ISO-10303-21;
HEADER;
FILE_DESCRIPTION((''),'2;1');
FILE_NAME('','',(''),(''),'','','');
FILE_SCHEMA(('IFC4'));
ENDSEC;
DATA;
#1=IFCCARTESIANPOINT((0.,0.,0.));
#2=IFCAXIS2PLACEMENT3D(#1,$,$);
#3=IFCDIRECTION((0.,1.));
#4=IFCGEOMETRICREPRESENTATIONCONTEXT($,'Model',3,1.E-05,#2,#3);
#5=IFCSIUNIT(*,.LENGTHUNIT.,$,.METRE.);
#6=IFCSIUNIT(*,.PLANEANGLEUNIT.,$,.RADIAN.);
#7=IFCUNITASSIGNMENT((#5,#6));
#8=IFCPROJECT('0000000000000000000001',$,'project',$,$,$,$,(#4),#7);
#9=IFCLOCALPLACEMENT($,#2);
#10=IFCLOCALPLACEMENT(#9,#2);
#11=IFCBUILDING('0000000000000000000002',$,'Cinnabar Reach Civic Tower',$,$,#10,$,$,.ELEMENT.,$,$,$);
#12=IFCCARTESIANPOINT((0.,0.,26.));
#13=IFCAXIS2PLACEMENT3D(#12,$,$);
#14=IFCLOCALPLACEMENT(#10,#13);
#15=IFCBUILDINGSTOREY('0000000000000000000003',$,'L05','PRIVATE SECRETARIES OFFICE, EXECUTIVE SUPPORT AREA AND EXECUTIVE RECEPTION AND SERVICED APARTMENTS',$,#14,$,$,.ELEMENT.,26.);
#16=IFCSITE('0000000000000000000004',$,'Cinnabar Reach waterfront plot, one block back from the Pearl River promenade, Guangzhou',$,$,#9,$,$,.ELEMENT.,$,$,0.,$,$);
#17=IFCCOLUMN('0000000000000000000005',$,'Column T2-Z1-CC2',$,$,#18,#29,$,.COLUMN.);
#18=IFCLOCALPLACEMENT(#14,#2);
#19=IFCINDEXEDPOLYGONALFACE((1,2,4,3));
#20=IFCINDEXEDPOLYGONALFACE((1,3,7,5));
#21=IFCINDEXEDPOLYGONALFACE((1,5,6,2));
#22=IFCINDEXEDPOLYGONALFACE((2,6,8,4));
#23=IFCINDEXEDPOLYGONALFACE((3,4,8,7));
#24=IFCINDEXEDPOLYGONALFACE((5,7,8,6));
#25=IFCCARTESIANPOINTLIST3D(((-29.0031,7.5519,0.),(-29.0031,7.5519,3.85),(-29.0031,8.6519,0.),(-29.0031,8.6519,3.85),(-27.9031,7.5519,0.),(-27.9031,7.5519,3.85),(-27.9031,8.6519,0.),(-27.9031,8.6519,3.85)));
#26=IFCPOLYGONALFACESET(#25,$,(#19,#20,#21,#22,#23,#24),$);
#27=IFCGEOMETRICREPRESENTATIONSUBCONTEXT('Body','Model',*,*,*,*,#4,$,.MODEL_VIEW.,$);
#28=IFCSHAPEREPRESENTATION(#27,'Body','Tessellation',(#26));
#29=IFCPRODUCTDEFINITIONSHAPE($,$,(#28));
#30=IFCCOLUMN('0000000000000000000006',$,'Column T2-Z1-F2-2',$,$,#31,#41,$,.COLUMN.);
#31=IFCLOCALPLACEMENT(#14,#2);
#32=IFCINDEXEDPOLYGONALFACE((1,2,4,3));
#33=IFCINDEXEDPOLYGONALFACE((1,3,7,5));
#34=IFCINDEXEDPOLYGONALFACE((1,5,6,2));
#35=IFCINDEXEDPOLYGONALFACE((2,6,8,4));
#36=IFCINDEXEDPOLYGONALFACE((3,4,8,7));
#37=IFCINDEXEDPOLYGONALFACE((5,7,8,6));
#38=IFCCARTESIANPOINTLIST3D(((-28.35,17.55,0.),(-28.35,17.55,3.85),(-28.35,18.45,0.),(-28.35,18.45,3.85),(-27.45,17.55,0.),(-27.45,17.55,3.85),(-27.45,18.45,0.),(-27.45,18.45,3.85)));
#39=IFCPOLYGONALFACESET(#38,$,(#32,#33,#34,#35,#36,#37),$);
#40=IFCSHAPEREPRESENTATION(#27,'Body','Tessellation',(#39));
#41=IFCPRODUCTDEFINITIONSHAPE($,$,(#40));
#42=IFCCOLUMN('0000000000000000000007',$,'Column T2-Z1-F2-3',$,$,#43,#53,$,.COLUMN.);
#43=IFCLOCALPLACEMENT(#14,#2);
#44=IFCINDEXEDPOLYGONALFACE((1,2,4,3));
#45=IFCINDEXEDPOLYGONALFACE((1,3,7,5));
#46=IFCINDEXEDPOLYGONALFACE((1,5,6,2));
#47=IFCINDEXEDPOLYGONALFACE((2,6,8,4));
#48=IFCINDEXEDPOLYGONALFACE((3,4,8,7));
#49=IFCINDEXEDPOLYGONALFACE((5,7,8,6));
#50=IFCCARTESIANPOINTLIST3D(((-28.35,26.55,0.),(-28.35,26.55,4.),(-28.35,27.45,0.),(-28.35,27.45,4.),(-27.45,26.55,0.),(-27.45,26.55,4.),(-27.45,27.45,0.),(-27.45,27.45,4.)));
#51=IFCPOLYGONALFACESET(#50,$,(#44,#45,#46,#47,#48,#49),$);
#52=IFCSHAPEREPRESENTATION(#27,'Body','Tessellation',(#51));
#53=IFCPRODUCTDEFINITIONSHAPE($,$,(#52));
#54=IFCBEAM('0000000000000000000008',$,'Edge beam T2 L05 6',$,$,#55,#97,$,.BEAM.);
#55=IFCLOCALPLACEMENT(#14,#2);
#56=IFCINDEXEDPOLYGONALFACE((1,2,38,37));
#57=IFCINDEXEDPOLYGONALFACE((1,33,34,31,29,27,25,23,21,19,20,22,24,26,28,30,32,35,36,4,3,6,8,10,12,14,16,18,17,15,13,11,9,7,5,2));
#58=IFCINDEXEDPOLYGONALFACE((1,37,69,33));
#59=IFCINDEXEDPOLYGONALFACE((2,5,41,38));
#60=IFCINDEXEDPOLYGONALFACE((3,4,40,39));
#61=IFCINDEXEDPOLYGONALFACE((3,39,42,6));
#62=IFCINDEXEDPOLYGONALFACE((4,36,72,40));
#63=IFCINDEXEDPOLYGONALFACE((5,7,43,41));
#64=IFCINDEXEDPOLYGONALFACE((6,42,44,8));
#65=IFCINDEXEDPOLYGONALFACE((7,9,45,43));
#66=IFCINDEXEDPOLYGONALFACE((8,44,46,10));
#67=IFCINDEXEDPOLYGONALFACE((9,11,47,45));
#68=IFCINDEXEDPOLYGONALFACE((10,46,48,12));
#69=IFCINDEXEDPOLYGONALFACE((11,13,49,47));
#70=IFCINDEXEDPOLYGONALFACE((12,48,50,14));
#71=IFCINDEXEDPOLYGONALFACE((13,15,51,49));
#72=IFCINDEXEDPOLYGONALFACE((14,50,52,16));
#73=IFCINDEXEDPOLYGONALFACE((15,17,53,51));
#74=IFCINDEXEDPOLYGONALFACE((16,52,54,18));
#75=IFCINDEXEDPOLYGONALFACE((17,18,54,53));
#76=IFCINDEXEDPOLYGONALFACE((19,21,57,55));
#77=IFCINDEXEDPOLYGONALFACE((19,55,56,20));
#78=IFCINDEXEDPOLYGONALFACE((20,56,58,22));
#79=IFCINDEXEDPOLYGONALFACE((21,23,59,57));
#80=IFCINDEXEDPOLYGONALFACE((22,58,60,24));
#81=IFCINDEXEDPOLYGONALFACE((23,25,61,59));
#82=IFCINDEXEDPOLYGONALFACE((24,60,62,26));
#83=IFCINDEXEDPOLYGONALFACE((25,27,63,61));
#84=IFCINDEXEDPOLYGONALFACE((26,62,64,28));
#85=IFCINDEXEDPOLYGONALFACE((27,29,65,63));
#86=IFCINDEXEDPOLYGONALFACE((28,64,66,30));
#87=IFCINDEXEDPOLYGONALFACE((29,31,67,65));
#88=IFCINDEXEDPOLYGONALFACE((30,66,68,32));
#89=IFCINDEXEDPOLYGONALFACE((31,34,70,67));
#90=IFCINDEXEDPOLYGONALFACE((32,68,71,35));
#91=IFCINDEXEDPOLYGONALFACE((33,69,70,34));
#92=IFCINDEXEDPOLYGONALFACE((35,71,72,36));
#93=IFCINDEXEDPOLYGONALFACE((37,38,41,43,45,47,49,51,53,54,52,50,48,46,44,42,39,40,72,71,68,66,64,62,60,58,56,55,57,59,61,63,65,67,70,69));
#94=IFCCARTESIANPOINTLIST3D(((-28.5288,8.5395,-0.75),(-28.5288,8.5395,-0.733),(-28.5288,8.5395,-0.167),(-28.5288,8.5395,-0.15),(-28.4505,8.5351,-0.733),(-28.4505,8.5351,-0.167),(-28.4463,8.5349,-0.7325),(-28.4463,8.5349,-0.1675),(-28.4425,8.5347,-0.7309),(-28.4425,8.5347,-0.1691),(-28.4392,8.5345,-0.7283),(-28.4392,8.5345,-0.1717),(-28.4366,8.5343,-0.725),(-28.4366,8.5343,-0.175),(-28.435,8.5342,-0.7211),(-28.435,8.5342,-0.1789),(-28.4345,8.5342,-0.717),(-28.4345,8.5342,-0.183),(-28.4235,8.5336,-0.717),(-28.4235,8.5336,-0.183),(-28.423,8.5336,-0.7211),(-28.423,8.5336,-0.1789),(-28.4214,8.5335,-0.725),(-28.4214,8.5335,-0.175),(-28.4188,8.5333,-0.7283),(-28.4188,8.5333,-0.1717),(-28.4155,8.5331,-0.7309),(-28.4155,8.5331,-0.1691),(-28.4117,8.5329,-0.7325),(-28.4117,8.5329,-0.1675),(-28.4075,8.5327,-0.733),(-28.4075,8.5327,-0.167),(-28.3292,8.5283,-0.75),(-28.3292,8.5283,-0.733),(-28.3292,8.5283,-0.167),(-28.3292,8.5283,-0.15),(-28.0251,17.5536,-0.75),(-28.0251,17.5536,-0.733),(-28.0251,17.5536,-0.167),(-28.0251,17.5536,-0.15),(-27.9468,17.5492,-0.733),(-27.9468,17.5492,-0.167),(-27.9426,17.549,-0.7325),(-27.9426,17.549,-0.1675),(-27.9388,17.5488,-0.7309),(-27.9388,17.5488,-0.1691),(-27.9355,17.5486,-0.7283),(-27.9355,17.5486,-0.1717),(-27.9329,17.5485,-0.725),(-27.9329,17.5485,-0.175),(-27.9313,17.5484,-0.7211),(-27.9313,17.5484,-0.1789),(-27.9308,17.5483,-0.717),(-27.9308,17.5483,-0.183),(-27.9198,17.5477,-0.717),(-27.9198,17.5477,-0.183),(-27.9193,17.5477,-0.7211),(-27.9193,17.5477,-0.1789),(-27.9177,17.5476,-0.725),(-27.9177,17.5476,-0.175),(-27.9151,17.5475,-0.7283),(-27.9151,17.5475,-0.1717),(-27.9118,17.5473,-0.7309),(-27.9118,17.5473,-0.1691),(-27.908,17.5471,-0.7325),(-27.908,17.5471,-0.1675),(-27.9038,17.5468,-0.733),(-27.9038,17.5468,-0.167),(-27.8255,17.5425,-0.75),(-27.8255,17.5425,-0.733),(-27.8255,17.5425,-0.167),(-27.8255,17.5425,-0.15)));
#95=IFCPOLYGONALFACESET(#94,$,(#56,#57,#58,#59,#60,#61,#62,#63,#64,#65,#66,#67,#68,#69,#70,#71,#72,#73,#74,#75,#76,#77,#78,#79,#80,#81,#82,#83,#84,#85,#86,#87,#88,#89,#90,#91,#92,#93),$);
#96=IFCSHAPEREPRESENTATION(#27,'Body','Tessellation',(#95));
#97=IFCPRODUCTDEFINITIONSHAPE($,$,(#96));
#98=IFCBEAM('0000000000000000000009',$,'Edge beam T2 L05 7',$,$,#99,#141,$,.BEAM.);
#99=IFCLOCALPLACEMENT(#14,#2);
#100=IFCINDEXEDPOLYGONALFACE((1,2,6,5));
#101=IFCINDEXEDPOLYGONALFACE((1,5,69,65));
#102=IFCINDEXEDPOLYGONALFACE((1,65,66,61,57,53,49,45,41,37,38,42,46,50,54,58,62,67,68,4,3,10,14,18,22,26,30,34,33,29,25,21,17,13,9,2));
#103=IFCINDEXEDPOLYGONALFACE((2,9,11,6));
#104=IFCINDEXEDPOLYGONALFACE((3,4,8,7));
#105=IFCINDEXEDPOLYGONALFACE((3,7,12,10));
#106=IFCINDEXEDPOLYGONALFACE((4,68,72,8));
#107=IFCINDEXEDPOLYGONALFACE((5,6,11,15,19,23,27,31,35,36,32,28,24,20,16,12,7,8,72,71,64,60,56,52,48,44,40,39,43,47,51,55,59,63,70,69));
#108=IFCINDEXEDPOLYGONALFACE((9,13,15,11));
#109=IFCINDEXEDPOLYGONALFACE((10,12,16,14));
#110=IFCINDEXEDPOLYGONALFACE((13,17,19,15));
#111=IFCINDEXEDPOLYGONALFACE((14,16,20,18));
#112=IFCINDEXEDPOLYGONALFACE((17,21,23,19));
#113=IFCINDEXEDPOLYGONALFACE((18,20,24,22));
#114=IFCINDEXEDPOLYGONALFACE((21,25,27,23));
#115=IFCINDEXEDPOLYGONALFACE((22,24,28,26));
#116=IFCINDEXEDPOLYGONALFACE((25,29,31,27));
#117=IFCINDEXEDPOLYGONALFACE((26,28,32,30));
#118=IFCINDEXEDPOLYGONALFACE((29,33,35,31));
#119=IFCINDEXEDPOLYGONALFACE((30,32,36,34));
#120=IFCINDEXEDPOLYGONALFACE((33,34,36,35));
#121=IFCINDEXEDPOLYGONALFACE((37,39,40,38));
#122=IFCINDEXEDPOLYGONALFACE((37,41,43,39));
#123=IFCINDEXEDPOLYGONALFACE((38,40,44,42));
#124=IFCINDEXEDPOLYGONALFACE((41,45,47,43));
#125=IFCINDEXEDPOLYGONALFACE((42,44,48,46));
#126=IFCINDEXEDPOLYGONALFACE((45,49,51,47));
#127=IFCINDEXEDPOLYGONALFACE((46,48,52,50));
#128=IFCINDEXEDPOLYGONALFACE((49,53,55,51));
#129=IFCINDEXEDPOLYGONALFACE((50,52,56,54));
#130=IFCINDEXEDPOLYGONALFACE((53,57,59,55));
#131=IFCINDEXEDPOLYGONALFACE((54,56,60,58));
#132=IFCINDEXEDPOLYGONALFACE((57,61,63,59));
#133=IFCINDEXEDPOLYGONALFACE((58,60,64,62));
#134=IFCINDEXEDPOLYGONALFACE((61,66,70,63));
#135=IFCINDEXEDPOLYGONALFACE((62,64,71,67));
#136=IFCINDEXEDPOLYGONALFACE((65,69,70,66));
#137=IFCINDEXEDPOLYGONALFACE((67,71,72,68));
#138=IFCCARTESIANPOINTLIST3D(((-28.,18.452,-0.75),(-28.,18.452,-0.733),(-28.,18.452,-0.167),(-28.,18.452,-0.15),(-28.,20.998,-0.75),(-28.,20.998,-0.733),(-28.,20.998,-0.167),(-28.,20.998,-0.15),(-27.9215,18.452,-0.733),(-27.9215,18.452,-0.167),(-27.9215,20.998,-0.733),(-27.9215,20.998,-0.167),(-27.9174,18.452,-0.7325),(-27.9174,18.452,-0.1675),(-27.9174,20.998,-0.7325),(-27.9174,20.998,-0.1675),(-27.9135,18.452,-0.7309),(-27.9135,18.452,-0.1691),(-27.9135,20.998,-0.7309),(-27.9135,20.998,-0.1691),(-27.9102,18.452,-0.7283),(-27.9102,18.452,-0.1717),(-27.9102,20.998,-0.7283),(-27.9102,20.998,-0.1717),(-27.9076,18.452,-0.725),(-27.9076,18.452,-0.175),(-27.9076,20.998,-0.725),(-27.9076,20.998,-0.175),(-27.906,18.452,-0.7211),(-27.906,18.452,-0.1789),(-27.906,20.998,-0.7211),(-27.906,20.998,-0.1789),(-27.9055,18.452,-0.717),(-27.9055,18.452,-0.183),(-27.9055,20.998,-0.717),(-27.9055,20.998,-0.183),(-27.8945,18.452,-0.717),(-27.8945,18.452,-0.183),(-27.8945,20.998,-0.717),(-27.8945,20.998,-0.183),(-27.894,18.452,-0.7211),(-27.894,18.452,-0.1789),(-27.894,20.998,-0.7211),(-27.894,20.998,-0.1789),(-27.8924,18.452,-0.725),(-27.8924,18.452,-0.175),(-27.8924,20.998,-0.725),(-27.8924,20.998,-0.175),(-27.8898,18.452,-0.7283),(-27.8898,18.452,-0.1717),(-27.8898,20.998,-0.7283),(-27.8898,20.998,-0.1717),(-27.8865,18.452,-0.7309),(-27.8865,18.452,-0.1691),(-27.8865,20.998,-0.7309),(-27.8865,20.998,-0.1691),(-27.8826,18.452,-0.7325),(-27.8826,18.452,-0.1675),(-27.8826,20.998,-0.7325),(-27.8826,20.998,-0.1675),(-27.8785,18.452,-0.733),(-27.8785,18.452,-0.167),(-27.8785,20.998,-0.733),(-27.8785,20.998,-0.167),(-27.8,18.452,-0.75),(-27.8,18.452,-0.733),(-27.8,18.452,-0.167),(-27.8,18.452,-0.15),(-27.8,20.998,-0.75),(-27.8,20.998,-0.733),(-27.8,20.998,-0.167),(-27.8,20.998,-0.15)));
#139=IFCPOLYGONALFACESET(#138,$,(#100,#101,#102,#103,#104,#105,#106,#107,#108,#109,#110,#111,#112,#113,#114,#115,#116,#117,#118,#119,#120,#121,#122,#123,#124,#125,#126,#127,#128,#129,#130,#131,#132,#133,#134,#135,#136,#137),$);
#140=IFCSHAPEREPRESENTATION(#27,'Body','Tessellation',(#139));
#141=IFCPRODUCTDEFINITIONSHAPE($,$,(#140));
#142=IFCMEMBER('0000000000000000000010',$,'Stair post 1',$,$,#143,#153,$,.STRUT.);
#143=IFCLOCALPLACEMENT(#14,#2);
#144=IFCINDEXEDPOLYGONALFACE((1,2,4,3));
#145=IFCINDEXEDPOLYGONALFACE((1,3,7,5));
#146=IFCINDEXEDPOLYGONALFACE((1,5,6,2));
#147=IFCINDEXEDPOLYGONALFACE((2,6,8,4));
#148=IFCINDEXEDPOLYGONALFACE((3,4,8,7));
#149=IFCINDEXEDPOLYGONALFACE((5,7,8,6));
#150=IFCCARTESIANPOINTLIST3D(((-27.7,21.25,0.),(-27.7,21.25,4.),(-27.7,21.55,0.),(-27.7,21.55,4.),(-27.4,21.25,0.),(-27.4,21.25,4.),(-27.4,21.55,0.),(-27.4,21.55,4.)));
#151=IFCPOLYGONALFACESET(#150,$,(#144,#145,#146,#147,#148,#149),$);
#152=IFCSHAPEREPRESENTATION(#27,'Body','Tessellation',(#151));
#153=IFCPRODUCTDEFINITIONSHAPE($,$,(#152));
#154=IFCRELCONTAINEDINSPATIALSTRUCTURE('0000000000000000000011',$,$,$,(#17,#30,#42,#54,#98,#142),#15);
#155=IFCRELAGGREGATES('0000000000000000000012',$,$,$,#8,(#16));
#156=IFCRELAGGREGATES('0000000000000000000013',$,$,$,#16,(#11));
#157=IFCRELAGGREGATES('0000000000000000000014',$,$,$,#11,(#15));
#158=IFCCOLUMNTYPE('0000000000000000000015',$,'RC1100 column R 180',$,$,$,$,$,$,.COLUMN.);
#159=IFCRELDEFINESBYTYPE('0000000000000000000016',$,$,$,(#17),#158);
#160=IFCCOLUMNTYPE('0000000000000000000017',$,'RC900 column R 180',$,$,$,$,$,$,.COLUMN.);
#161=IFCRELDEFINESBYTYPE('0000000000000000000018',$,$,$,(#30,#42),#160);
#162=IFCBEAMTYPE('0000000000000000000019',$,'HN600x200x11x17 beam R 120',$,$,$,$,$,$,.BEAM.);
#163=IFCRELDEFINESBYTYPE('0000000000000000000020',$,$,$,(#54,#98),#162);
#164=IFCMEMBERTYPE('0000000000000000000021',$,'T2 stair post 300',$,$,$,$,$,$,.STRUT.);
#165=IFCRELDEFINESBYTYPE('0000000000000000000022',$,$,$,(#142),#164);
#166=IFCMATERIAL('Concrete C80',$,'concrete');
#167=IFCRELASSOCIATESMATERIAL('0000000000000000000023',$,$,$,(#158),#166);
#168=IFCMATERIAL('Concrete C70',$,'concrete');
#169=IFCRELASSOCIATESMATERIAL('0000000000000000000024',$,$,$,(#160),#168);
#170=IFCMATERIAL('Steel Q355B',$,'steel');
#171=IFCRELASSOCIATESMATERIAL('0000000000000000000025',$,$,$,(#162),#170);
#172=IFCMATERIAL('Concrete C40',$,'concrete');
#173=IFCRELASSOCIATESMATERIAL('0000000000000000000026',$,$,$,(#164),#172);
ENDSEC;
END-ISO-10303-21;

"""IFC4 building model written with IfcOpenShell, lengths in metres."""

from ifc_helpers import new_model, si_unit, direction, frame, origin, origin_2d, place, context, subcontext, project, spatial, rectangle, i_section, extrude, material, material_profile, profile_set, type_object, element, save


model = new_model("IFC4")

# Units and contexts
model_context = context("Model", 3, precision=1e-05, world=origin(), true_north=direction((0.0, 1.0)))
body_context = subcontext(model_context, "Body", "Model", "MODEL_VIEW")
ifc_project = project(units=[si_unit("LENGTHUNIT", "METRE"), si_unit("PLANEANGLEUNIT", "RADIAN")], contexts=[model_context])

# Site, building, storey
site_placement = place(None, origin())
site = spatial("IfcSite", under=ifc_project, at=site_placement, Name="Cinnabar Reach waterfront plot, one block back from the Pearl River promenade, Guangzhou", CompositionType="ELEMENT", RefElevation=0.0)
building_placement = place(site_placement, origin())
building = spatial("IfcBuilding", under=site, at=building_placement, Name="Cinnabar Reach Civic Tower", CompositionType="ELEMENT")
storey_placement = place(building_placement, frame((0.0, 0.0, 26.0)))
storey = spatial("IfcBuildingStorey", under=building, at=storey_placement, Name="L05", Description="PRIVATE SECRETARIES OFFICE, EXECUTIVE SUPPORT AREA AND EXECUTIVE RECEPTION AND SERVICED APARTMENTS", CompositionType="ELEMENT", Elevation=26.0)

# Columns
ifc_material_1 = material(Name="Concrete C80", Category="concrete")
ifc_material_profile_1 = material_profile(ifc_material_1, rectangle(XDim=1.1, YDim=1.1, at=origin_2d()), Name="RC1100")
ifc_profile_set_1 = profile_set([ifc_material_profile_1], Name="Concrete C80")
column_type_1 = type_object("IfcColumnType", Name="RC1100 column R 180", PredefinedType="COLUMN", material=ifc_profile_set_1)
column_1_placement = place(storey_placement, frame((-28.4531, 8.1019, 0.0), z_axis=(0.0, 0.0, 1.0), x_axis=(1.0, 0.0, 0.0)))
element("IfcColumn", 1, at=column_1_placement, inside=storey, type_object=column_type_1, Name="Column T2-Z1-CC2", PredefinedType="COLUMN", context=body_context, shape_type="SweptSolid", body=[
    extrude(rectangle(XDim=1.1, YDim=1.1, at=origin_2d()), origin(), (0.0, 0.0, 1.0), 3.85),
])
ifc_material_2 = material(Name="Concrete C70", Category="concrete")
ifc_material_profile_2 = material_profile(ifc_material_2, rectangle(XDim=0.9, YDim=0.9, at=origin_2d()), Name="RC900")
ifc_profile_set_2 = profile_set([ifc_material_profile_2], Name="Concrete C70")
column_type_2 = type_object("IfcColumnType", Name="RC900 column R 180", PredefinedType="COLUMN", material=ifc_profile_set_2)
column_2_placement = place(storey_placement, frame((-27.9, 18.0, 0.0), z_axis=(0.0, 0.0, 1.0), x_axis=(1.0, 0.0, 0.0)))
element("IfcColumn", 2, at=column_2_placement, inside=storey, type_object=column_type_2, Name="Column T2-Z1-F2-2", PredefinedType="COLUMN", context=body_context, shape_type="SweptSolid", body=[
    extrude(rectangle(XDim=0.9, YDim=0.9, at=origin_2d()), origin(), (0.0, 0.0, 1.0), 3.85),
])
column_3_placement = place(storey_placement, frame((-27.9, 27.0, 0.0), z_axis=(0.0, 0.0, 1.0), x_axis=(1.0, 0.0, 0.0)))
element("IfcColumn", 3, at=column_3_placement, inside=storey, type_object=column_type_2, Name="Column T2-Z1-F2-3", PredefinedType="COLUMN", context=body_context, shape_type="SweptSolid", body=[
    extrude(rectangle(XDim=0.9, YDim=0.9, at=origin_2d()), origin(), (0.0, 0.0, 1.0), 4.0),
])

# Beams
ifc_material_3 = material(Name="Steel Q355B", Category="steel")
ifc_material_profile_3 = material_profile(ifc_material_3, i_section(OverallWidth=0.2, OverallDepth=0.6, WebThickness=0.011, FlangeThickness=0.017, FilletRadius=0.016, at=origin_2d()), Name="HN600x200x11x17")
ifc_profile_set_3 = profile_set([ifc_material_profile_3], Name="Steel Q355B")
beam_type = type_object("IfcBeamType", Name="HN600x200x11x17 beam R 120", PredefinedType="BEAM", material=ifc_profile_set_3)
beam_1_placement = place(storey_placement, frame((-28.429, 8.5339, -0.45), z_axis=(0.055792, 0.998442, 0.0), x_axis=(-0.998442, 0.055792, 0.0)))
element("IfcBeam", 4, at=beam_1_placement, inside=storey, type_object=beam_type, Name="Edge beam T2 L05 6", PredefinedType="BEAM", context=body_context, shape_type="SweptSolid", body=[
    extrude(i_section(OverallWidth=0.2, OverallDepth=0.6, WebThickness=0.011, FlangeThickness=0.017, FilletRadius=0.016, at=origin_2d()), origin(), (0.0, 0.0, 1.0), 9.0282),
])
beam_2_placement = place(storey_placement, frame((-27.9, 18.452, -0.45), z_axis=(0.0, 1.0, 0.0), x_axis=(-1.0, 0.0, 0.0)))
element("IfcBeam", 5, at=beam_2_placement, inside=storey, type_object=beam_type, Name="Edge beam T2 L05 7", PredefinedType="BEAM", context=body_context, shape_type="SweptSolid", body=[
    extrude(i_section(OverallWidth=0.2, OverallDepth=0.6, WebThickness=0.011, FlangeThickness=0.017, FilletRadius=0.016, at=origin_2d()), origin(), (0.0, 0.0, 1.0), 2.546),
])

# Member
ifc_material_4 = material(Name="Concrete C40", Category="concrete")
ifc_material_profile_4 = material_profile(ifc_material_4, rectangle(XDim=0.3, YDim=0.3, at=origin_2d()), Name="C300")
ifc_profile_set_4 = profile_set([ifc_material_profile_4], Name="Concrete C40")
member_type = type_object("IfcMemberType", Name="T2 stair post 300", PredefinedType="STRUT", material=ifc_profile_set_4)
member_placement = place(storey_placement, frame((-27.55, 21.4, 0.0), z_axis=(0.0, 0.0, 1.0), x_axis=(1.0, 0.0, 0.0)))
element("IfcMember", 6, at=member_placement, inside=storey, type_object=member_type, Name="Stair post 1", PredefinedType="STRUT", context=body_context, shape_type="SweptSolid", body=[
    extrude(rectangle(XDim=0.3, YDim=0.3, at=origin_2d()), origin(), (0.0, 0.0, 1.0), 4.0),
])

save(model, "model.ifc")
